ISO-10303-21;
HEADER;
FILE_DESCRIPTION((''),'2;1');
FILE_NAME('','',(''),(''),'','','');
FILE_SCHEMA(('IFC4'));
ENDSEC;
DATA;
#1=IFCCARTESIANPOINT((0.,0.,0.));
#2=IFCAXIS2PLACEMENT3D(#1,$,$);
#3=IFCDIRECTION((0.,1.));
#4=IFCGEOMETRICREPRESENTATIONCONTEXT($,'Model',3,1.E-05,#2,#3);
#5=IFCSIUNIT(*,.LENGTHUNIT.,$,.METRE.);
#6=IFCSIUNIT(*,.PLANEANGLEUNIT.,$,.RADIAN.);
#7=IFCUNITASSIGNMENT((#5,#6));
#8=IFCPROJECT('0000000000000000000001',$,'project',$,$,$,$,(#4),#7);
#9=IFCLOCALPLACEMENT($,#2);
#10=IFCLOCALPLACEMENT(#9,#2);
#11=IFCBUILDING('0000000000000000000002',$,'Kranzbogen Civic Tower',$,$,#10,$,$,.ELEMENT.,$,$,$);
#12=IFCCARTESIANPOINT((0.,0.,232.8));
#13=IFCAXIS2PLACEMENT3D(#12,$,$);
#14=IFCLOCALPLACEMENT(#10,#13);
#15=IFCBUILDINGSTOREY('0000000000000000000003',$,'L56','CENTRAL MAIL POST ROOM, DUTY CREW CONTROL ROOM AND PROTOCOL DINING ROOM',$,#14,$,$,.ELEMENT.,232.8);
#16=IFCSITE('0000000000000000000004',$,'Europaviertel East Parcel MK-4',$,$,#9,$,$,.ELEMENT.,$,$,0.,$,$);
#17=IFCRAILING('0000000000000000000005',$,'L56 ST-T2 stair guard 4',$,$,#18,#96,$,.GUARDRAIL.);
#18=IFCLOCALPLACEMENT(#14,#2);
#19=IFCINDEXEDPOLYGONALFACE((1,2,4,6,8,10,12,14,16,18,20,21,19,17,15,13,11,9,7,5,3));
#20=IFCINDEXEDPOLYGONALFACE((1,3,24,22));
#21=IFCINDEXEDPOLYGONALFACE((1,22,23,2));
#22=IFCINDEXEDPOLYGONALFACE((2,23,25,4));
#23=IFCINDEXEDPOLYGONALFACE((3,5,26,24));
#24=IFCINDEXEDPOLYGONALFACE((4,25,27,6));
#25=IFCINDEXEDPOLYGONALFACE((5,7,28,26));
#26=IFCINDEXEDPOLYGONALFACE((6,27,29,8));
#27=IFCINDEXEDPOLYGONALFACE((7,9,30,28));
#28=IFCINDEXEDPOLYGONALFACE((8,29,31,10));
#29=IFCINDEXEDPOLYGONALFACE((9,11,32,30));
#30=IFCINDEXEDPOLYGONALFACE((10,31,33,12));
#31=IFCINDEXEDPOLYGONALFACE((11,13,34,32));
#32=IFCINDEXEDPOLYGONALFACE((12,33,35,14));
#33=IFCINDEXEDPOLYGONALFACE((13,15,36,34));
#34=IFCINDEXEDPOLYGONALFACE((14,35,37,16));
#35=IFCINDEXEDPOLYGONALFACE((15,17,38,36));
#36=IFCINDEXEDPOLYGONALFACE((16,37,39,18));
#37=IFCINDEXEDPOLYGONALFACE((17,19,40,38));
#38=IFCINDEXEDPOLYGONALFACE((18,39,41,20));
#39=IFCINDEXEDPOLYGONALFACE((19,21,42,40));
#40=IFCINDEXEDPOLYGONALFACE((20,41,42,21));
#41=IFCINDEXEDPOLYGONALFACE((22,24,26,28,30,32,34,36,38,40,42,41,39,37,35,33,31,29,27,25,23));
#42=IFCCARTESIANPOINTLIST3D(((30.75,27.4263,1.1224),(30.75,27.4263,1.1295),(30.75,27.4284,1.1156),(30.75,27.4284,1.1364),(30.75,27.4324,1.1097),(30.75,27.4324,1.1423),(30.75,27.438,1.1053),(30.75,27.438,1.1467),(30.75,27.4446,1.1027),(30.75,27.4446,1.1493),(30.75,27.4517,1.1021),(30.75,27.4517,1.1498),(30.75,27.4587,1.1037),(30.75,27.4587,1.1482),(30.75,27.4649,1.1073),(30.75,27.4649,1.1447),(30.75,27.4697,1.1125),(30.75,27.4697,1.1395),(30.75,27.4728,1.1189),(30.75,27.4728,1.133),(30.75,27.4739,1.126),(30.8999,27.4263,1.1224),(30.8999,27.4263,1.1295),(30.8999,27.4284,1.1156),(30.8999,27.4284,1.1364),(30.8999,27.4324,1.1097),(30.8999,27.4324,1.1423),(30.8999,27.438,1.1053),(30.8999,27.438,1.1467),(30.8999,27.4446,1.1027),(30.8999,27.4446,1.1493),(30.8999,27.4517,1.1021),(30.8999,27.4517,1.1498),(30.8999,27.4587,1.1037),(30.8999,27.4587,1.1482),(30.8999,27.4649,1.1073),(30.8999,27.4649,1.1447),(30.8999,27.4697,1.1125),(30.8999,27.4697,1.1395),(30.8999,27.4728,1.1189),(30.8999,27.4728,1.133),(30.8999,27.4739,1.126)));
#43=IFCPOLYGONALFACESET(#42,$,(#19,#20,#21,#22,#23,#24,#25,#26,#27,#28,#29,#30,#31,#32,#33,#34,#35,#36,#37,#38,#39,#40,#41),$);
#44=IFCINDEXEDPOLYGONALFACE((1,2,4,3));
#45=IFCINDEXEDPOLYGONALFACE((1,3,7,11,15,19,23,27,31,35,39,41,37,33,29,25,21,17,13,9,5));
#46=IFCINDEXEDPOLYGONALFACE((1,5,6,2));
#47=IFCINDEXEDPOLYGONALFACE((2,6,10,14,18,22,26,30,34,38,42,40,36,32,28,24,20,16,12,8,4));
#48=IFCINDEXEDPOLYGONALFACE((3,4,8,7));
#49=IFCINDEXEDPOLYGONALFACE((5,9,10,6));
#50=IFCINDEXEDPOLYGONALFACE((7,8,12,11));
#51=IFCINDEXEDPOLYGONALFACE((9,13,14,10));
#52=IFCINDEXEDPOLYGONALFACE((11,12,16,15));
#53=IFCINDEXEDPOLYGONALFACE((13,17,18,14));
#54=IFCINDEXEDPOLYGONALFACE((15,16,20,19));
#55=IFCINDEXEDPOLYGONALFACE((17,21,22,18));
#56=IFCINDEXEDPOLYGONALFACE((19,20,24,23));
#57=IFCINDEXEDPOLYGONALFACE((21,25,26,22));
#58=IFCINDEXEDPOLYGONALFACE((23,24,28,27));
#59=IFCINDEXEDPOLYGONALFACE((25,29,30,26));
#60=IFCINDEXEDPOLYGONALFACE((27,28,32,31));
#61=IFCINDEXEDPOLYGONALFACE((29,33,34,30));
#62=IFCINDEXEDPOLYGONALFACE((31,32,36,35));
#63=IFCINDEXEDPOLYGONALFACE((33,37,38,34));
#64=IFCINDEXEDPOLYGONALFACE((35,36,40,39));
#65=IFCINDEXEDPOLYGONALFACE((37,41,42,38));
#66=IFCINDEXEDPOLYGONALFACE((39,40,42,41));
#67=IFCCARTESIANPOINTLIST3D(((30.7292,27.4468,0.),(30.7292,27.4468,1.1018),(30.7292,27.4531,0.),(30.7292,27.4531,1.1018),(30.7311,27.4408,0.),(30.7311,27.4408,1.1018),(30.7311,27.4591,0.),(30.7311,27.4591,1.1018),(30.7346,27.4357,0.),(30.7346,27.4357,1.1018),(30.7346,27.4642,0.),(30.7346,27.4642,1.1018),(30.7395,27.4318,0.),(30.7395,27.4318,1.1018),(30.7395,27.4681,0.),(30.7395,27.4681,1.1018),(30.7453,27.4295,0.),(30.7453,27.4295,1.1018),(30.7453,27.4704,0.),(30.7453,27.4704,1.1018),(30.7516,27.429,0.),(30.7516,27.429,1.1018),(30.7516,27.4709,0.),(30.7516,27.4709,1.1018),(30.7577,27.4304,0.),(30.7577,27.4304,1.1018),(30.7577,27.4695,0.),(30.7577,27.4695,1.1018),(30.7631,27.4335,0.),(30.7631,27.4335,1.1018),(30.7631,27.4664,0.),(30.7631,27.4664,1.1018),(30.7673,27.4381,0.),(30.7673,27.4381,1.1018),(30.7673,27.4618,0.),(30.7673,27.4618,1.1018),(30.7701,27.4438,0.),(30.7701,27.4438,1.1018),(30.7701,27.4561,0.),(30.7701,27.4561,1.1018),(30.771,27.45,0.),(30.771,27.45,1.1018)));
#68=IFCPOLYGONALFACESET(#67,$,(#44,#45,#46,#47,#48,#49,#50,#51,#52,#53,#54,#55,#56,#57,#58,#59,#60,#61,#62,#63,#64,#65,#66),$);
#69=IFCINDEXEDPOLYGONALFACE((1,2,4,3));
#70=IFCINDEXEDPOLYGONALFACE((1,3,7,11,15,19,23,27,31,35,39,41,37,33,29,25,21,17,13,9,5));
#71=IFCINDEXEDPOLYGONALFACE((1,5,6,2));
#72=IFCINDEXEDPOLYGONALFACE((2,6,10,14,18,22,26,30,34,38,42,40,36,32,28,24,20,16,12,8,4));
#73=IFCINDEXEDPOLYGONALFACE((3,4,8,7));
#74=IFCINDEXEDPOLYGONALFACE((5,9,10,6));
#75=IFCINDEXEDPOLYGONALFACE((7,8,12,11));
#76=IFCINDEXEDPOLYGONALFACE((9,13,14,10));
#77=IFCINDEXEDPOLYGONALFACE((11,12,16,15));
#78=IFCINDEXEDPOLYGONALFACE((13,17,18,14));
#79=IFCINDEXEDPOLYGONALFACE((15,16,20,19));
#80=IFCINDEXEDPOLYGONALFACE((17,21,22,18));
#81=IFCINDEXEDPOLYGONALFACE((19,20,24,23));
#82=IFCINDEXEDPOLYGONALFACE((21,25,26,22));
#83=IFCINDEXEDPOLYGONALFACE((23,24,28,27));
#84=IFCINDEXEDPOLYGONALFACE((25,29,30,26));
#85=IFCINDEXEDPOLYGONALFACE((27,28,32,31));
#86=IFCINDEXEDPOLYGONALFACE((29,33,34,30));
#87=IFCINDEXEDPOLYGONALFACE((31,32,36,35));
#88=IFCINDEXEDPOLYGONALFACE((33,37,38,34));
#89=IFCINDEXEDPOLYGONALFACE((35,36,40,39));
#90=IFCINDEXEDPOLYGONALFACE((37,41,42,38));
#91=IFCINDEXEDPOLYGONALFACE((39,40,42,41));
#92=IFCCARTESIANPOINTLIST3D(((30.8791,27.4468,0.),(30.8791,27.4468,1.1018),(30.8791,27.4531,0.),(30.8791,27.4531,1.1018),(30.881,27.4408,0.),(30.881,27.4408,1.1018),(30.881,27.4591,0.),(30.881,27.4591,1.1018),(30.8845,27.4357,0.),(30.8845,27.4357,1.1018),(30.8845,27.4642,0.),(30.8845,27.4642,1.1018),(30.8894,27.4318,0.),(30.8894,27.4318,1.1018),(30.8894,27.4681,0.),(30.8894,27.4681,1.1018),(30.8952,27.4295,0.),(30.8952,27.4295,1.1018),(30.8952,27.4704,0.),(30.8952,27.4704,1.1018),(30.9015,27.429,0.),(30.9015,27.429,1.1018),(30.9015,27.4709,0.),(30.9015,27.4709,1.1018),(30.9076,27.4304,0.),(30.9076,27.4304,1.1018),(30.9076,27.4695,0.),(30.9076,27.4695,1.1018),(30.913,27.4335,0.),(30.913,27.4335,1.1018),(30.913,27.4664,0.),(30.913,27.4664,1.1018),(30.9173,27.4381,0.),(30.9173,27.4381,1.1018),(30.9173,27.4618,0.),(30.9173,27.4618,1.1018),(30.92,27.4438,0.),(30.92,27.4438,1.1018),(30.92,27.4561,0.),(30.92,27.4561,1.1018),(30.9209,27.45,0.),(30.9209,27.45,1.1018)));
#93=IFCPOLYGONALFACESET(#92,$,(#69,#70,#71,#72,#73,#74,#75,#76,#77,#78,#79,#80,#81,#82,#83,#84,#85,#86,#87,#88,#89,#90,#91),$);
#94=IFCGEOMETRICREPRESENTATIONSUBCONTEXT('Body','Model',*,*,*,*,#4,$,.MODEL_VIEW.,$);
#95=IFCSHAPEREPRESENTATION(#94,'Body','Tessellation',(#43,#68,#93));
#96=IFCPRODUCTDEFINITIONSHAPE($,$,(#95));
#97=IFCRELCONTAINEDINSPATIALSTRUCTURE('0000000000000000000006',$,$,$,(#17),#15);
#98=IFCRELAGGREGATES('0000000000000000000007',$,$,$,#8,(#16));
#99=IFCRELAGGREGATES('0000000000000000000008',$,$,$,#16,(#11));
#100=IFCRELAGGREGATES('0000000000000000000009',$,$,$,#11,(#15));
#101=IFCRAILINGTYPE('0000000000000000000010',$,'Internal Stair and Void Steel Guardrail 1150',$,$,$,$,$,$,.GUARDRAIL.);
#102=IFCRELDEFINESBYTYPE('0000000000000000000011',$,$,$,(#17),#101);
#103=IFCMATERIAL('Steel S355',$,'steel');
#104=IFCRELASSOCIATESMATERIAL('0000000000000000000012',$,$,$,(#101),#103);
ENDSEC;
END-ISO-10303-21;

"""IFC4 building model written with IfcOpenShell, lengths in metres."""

from ifc_helpers import new_model, si_unit, direction, frame, origin, origin_2d, place, context, subcontext, project, spatial, circle, extrude, material, type_object, element, save


model = new_model("IFC4")

# Units and contexts
model_context = context("Model", 3, precision=1e-05, world=origin(), true_north=direction((0.0, 1.0)))
body_context = subcontext(model_context, "Body", "Model", "MODEL_VIEW")
ifc_project = project(units=[si_unit("LENGTHUNIT", "METRE"), si_unit("PLANEANGLEUNIT", "RADIAN")], contexts=[model_context])

# Site, building, storey
site_placement = place(None, origin())
site = spatial("IfcSite", under=ifc_project, at=site_placement, Name="Europaviertel East Parcel MK-4", CompositionType="ELEMENT", RefElevation=0.0)
building_placement = place(site_placement, origin())
building = spatial("IfcBuilding", under=site, at=building_placement, Name="Kranzbogen Civic Tower", CompositionType="ELEMENT")
storey_placement = place(building_placement, frame((0.0, 0.0, 232.8)))
storey = spatial("IfcBuildingStorey", under=building, at=storey_placement, Name="L56", Description="CENTRAL MAIL POST ROOM, DUTY CREW CONTROL ROOM AND PROTOCOL DINING ROOM", CompositionType="ELEMENT", Elevation=232.8)

# Shared definitions
ifc_material_1 = material(Name="Steel S355", Category="steel")

# Railing
railing_type_1 = type_object("IfcRailingType", Name="Internal Stair and Void Steel Guardrail 1150", PredefinedType="GUARDRAIL", material=ifc_material_1)
railing_1_placement = place(storey_placement, frame((30.75, 27.45, 0.0)))
element("IfcRailing", 1, at=railing_1_placement, inside=storey, type_object=railing_type_1, Name="L56 ST-T2 stair guard 4", PredefinedType="GUARDRAIL", context=body_context, shape_type="SweptSolid", body=[
    extrude(circle(Radius=0.0239, at=origin_2d()), frame((0.0, 0.0, 1.126), z_axis=(1.0, 0.0, 0.0), x_axis=(0.0, 1.0, 0.0)), (0.0, 0.0, 1.0), 0.1499),
    extrude(circle(Radius=0.021, at=origin_2d()), origin(), (0.0, 0.0, 1.0), 1.1018),
    extrude(circle(Radius=0.021, at=origin_2d()), frame((0.1499, 0.0, 0.0)), (0.0, 0.0, 1.0), 1.1018),
])

save(model, "model.ifc")
